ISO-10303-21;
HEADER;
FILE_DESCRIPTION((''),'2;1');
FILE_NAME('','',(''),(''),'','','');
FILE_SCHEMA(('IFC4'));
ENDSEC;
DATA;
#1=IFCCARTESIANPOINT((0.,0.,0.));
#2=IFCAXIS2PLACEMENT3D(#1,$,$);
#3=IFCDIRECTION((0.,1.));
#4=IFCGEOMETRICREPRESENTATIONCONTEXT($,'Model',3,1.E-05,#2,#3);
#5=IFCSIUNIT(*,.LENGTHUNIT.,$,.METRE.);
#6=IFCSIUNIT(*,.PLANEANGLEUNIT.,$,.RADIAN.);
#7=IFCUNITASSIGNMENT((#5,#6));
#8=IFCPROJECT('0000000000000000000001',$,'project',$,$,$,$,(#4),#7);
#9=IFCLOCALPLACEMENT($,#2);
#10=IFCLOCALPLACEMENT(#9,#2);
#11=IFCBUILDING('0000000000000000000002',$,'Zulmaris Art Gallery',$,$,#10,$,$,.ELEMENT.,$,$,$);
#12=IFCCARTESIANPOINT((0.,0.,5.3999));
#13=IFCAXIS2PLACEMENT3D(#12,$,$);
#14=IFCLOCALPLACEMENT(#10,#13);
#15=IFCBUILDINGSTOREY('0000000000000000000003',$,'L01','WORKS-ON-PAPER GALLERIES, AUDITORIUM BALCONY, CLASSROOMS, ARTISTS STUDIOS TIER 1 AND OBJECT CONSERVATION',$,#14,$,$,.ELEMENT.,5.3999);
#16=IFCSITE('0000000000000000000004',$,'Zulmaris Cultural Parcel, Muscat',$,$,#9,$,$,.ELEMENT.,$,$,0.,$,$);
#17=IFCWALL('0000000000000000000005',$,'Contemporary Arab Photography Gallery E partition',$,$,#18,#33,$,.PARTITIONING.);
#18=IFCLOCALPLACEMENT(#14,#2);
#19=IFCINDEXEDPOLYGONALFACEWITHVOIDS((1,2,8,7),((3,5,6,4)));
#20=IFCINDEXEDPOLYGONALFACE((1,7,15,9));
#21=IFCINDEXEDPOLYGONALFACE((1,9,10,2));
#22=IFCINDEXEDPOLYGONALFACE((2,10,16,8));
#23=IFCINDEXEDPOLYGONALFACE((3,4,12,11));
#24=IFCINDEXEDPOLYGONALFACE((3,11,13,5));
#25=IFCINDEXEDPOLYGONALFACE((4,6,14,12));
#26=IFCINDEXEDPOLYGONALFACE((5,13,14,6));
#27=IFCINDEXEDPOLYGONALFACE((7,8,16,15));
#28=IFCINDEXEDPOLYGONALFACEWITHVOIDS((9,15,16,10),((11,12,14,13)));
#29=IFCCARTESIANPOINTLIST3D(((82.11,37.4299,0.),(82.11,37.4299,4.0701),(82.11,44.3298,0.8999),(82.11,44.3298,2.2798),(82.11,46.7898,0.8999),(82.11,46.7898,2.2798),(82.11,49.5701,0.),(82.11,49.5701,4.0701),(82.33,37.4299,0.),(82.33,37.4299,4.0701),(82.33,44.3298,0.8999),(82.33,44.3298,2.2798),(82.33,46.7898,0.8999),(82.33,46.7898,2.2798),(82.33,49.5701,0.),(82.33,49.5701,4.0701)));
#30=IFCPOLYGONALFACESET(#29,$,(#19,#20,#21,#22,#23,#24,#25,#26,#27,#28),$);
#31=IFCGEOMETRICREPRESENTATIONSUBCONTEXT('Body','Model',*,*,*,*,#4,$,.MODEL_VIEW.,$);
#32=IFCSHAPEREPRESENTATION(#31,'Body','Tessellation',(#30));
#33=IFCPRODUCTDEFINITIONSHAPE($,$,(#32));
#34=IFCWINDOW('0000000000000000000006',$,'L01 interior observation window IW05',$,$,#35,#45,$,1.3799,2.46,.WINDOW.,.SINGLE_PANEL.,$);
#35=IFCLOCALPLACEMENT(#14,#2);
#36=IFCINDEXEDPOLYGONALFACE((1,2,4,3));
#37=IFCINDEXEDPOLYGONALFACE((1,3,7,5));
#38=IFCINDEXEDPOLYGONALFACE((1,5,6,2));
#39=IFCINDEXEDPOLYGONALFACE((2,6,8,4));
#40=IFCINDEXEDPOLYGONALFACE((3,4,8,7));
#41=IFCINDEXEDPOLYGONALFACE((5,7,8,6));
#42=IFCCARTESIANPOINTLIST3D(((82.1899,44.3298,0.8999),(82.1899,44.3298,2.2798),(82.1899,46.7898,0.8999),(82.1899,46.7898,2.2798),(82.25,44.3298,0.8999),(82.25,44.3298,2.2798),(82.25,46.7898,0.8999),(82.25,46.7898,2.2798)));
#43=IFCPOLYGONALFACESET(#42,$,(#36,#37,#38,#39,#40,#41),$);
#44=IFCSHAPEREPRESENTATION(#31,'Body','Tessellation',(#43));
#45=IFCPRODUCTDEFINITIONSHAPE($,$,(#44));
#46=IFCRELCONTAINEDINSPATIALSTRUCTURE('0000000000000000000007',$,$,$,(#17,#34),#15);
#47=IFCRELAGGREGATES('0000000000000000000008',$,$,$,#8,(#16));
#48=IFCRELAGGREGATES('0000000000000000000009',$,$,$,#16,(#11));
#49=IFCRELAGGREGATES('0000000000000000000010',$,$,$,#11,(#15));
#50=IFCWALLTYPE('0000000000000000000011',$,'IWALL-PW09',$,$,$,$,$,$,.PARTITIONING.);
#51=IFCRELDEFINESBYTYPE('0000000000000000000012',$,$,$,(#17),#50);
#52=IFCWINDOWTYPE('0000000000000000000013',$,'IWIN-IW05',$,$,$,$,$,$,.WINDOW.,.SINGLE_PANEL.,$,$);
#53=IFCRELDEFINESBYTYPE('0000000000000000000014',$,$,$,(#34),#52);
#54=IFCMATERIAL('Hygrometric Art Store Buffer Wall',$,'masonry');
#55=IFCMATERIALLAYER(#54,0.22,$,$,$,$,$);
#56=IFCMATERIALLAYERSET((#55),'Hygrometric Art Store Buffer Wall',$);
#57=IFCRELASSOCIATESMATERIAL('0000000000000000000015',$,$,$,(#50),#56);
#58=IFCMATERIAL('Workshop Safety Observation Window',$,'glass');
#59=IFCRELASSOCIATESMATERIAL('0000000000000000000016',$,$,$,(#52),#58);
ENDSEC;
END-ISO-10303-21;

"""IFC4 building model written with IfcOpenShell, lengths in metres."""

from ifc_helpers import new_model, si_unit, direction, frame, frame_2d, origin, place, context, subcontext, project, spatial, rectangle, extrude, material, layer, layer_set, type_object, element, fill, save


model = new_model("IFC4")

# Units and contexts
model_context = context("Model", 3, precision=1e-05, world=origin(), true_north=direction((0.0, 1.0)))
body_context = subcontext(model_context, "Body", "Model", "MODEL_VIEW")
ifc_project = project(units=[si_unit("LENGTHUNIT", "METRE"), si_unit("PLANEANGLEUNIT", "RADIAN")], contexts=[model_context])

# Site, building, storey
site_placement = place(None, origin())
site = spatial("IfcSite", under=ifc_project, at=site_placement, Name="Zulmaris Cultural Parcel, Muscat", CompositionType="ELEMENT", RefElevation=0.0)
building_placement = place(site_placement, origin())
building = spatial("IfcBuilding", under=site, at=building_placement, Name="Zulmaris Art Gallery", CompositionType="ELEMENT")
storey_placement = place(building_placement, frame((0.0, 0.0, 5.3999)))
storey = spatial("IfcBuildingStorey", under=building, at=storey_placement, Name="L01", Description="WORKS-ON-PAPER GALLERIES, AUDITORIUM BALCONY, CLASSROOMS, ARTISTS STUDIOS TIER 1 AND OBJECT CONSERVATION", CompositionType="ELEMENT", Elevation=5.3999)

# Wall, opening, window
ifc_material_1 = material(Name="Hygrometric Art Store Buffer Wall", Category="masonry")
ifc_layer_1 = layer(ifc_material_1, 0.22)
ifc_layer_set_1 = layer_set([ifc_layer_1], Name="Hygrometric Art Store Buffer Wall")
wall_type = type_object("IfcWallType", Name="IWALL-PW09", PredefinedType="PARTITIONING", material=ifc_layer_set_1)
wall_placement = place(storey_placement, frame((82.22, 37.4299, 0.0), z_axis=(0.0, 0.0, 1.0), x_axis=(0.0, 1.0, 0.0)))
wall = element("IfcWall", 1, at=wall_placement, inside=storey, type_object=wall_type, Name="Contemporary Arab Photography Gallery E partition", PredefinedType="PARTITIONING", context=body_context, shape_type="SweptSolid", body=[
    extrude(rectangle(XDim=12.1401, YDim=0.22, at=frame_2d((6.0701, 0.0))), origin(), (0.0, 0.0, 1.0), 4.0701),
])
opening_placement = place(wall_placement, frame((6.8999, 0.0, 0.8999)))
opening = element("IfcOpeningElement", 2, at=opening_placement, cuts=wall, PredefinedType="OPENING", context=body_context, shape_type="SweptSolid", body=[
    extrude(rectangle(XDim=2.46, YDim=1.3799, at=frame_2d((1.23, 0.6899))), frame((0.0, 0.1199, 0.0), z_axis=(0.0, -1.0, 0.0), x_axis=(1.0, 0.0, 0.0)), (0.0, 0.0, 1.0), 0.24),
])
ifc_material_2 = material(Name="Workshop Safety Observation Window", Category="glass")
window_type = type_object("IfcWindowType", Name="IWIN-IW05", PartitioningType="SINGLE_PANEL", PredefinedType="WINDOW", material=ifc_material_2)
window_placement = place(opening_placement, origin())
window = element("IfcWindow", 3, at=window_placement, inside=storey, type_object=window_type, Name="L01 interior observation window IW05", OverallHeight=1.3799, OverallWidth=2.46, PartitioningType="SINGLE_PANEL", PredefinedType="WINDOW", context=body_context, shape_type="SweptSolid", body=[
    extrude(rectangle(XDim=2.46, YDim=1.3799, at=frame_2d((1.23, 0.6899))), frame((0.0, 0.03, 0.0), z_axis=(0.0, -1.0, 0.0), x_axis=(1.0, 0.0, 0.0)), (0.0, 0.0, 1.0), 0.0601),
])
fill(opening, window)

save(model, "model.ifc")
